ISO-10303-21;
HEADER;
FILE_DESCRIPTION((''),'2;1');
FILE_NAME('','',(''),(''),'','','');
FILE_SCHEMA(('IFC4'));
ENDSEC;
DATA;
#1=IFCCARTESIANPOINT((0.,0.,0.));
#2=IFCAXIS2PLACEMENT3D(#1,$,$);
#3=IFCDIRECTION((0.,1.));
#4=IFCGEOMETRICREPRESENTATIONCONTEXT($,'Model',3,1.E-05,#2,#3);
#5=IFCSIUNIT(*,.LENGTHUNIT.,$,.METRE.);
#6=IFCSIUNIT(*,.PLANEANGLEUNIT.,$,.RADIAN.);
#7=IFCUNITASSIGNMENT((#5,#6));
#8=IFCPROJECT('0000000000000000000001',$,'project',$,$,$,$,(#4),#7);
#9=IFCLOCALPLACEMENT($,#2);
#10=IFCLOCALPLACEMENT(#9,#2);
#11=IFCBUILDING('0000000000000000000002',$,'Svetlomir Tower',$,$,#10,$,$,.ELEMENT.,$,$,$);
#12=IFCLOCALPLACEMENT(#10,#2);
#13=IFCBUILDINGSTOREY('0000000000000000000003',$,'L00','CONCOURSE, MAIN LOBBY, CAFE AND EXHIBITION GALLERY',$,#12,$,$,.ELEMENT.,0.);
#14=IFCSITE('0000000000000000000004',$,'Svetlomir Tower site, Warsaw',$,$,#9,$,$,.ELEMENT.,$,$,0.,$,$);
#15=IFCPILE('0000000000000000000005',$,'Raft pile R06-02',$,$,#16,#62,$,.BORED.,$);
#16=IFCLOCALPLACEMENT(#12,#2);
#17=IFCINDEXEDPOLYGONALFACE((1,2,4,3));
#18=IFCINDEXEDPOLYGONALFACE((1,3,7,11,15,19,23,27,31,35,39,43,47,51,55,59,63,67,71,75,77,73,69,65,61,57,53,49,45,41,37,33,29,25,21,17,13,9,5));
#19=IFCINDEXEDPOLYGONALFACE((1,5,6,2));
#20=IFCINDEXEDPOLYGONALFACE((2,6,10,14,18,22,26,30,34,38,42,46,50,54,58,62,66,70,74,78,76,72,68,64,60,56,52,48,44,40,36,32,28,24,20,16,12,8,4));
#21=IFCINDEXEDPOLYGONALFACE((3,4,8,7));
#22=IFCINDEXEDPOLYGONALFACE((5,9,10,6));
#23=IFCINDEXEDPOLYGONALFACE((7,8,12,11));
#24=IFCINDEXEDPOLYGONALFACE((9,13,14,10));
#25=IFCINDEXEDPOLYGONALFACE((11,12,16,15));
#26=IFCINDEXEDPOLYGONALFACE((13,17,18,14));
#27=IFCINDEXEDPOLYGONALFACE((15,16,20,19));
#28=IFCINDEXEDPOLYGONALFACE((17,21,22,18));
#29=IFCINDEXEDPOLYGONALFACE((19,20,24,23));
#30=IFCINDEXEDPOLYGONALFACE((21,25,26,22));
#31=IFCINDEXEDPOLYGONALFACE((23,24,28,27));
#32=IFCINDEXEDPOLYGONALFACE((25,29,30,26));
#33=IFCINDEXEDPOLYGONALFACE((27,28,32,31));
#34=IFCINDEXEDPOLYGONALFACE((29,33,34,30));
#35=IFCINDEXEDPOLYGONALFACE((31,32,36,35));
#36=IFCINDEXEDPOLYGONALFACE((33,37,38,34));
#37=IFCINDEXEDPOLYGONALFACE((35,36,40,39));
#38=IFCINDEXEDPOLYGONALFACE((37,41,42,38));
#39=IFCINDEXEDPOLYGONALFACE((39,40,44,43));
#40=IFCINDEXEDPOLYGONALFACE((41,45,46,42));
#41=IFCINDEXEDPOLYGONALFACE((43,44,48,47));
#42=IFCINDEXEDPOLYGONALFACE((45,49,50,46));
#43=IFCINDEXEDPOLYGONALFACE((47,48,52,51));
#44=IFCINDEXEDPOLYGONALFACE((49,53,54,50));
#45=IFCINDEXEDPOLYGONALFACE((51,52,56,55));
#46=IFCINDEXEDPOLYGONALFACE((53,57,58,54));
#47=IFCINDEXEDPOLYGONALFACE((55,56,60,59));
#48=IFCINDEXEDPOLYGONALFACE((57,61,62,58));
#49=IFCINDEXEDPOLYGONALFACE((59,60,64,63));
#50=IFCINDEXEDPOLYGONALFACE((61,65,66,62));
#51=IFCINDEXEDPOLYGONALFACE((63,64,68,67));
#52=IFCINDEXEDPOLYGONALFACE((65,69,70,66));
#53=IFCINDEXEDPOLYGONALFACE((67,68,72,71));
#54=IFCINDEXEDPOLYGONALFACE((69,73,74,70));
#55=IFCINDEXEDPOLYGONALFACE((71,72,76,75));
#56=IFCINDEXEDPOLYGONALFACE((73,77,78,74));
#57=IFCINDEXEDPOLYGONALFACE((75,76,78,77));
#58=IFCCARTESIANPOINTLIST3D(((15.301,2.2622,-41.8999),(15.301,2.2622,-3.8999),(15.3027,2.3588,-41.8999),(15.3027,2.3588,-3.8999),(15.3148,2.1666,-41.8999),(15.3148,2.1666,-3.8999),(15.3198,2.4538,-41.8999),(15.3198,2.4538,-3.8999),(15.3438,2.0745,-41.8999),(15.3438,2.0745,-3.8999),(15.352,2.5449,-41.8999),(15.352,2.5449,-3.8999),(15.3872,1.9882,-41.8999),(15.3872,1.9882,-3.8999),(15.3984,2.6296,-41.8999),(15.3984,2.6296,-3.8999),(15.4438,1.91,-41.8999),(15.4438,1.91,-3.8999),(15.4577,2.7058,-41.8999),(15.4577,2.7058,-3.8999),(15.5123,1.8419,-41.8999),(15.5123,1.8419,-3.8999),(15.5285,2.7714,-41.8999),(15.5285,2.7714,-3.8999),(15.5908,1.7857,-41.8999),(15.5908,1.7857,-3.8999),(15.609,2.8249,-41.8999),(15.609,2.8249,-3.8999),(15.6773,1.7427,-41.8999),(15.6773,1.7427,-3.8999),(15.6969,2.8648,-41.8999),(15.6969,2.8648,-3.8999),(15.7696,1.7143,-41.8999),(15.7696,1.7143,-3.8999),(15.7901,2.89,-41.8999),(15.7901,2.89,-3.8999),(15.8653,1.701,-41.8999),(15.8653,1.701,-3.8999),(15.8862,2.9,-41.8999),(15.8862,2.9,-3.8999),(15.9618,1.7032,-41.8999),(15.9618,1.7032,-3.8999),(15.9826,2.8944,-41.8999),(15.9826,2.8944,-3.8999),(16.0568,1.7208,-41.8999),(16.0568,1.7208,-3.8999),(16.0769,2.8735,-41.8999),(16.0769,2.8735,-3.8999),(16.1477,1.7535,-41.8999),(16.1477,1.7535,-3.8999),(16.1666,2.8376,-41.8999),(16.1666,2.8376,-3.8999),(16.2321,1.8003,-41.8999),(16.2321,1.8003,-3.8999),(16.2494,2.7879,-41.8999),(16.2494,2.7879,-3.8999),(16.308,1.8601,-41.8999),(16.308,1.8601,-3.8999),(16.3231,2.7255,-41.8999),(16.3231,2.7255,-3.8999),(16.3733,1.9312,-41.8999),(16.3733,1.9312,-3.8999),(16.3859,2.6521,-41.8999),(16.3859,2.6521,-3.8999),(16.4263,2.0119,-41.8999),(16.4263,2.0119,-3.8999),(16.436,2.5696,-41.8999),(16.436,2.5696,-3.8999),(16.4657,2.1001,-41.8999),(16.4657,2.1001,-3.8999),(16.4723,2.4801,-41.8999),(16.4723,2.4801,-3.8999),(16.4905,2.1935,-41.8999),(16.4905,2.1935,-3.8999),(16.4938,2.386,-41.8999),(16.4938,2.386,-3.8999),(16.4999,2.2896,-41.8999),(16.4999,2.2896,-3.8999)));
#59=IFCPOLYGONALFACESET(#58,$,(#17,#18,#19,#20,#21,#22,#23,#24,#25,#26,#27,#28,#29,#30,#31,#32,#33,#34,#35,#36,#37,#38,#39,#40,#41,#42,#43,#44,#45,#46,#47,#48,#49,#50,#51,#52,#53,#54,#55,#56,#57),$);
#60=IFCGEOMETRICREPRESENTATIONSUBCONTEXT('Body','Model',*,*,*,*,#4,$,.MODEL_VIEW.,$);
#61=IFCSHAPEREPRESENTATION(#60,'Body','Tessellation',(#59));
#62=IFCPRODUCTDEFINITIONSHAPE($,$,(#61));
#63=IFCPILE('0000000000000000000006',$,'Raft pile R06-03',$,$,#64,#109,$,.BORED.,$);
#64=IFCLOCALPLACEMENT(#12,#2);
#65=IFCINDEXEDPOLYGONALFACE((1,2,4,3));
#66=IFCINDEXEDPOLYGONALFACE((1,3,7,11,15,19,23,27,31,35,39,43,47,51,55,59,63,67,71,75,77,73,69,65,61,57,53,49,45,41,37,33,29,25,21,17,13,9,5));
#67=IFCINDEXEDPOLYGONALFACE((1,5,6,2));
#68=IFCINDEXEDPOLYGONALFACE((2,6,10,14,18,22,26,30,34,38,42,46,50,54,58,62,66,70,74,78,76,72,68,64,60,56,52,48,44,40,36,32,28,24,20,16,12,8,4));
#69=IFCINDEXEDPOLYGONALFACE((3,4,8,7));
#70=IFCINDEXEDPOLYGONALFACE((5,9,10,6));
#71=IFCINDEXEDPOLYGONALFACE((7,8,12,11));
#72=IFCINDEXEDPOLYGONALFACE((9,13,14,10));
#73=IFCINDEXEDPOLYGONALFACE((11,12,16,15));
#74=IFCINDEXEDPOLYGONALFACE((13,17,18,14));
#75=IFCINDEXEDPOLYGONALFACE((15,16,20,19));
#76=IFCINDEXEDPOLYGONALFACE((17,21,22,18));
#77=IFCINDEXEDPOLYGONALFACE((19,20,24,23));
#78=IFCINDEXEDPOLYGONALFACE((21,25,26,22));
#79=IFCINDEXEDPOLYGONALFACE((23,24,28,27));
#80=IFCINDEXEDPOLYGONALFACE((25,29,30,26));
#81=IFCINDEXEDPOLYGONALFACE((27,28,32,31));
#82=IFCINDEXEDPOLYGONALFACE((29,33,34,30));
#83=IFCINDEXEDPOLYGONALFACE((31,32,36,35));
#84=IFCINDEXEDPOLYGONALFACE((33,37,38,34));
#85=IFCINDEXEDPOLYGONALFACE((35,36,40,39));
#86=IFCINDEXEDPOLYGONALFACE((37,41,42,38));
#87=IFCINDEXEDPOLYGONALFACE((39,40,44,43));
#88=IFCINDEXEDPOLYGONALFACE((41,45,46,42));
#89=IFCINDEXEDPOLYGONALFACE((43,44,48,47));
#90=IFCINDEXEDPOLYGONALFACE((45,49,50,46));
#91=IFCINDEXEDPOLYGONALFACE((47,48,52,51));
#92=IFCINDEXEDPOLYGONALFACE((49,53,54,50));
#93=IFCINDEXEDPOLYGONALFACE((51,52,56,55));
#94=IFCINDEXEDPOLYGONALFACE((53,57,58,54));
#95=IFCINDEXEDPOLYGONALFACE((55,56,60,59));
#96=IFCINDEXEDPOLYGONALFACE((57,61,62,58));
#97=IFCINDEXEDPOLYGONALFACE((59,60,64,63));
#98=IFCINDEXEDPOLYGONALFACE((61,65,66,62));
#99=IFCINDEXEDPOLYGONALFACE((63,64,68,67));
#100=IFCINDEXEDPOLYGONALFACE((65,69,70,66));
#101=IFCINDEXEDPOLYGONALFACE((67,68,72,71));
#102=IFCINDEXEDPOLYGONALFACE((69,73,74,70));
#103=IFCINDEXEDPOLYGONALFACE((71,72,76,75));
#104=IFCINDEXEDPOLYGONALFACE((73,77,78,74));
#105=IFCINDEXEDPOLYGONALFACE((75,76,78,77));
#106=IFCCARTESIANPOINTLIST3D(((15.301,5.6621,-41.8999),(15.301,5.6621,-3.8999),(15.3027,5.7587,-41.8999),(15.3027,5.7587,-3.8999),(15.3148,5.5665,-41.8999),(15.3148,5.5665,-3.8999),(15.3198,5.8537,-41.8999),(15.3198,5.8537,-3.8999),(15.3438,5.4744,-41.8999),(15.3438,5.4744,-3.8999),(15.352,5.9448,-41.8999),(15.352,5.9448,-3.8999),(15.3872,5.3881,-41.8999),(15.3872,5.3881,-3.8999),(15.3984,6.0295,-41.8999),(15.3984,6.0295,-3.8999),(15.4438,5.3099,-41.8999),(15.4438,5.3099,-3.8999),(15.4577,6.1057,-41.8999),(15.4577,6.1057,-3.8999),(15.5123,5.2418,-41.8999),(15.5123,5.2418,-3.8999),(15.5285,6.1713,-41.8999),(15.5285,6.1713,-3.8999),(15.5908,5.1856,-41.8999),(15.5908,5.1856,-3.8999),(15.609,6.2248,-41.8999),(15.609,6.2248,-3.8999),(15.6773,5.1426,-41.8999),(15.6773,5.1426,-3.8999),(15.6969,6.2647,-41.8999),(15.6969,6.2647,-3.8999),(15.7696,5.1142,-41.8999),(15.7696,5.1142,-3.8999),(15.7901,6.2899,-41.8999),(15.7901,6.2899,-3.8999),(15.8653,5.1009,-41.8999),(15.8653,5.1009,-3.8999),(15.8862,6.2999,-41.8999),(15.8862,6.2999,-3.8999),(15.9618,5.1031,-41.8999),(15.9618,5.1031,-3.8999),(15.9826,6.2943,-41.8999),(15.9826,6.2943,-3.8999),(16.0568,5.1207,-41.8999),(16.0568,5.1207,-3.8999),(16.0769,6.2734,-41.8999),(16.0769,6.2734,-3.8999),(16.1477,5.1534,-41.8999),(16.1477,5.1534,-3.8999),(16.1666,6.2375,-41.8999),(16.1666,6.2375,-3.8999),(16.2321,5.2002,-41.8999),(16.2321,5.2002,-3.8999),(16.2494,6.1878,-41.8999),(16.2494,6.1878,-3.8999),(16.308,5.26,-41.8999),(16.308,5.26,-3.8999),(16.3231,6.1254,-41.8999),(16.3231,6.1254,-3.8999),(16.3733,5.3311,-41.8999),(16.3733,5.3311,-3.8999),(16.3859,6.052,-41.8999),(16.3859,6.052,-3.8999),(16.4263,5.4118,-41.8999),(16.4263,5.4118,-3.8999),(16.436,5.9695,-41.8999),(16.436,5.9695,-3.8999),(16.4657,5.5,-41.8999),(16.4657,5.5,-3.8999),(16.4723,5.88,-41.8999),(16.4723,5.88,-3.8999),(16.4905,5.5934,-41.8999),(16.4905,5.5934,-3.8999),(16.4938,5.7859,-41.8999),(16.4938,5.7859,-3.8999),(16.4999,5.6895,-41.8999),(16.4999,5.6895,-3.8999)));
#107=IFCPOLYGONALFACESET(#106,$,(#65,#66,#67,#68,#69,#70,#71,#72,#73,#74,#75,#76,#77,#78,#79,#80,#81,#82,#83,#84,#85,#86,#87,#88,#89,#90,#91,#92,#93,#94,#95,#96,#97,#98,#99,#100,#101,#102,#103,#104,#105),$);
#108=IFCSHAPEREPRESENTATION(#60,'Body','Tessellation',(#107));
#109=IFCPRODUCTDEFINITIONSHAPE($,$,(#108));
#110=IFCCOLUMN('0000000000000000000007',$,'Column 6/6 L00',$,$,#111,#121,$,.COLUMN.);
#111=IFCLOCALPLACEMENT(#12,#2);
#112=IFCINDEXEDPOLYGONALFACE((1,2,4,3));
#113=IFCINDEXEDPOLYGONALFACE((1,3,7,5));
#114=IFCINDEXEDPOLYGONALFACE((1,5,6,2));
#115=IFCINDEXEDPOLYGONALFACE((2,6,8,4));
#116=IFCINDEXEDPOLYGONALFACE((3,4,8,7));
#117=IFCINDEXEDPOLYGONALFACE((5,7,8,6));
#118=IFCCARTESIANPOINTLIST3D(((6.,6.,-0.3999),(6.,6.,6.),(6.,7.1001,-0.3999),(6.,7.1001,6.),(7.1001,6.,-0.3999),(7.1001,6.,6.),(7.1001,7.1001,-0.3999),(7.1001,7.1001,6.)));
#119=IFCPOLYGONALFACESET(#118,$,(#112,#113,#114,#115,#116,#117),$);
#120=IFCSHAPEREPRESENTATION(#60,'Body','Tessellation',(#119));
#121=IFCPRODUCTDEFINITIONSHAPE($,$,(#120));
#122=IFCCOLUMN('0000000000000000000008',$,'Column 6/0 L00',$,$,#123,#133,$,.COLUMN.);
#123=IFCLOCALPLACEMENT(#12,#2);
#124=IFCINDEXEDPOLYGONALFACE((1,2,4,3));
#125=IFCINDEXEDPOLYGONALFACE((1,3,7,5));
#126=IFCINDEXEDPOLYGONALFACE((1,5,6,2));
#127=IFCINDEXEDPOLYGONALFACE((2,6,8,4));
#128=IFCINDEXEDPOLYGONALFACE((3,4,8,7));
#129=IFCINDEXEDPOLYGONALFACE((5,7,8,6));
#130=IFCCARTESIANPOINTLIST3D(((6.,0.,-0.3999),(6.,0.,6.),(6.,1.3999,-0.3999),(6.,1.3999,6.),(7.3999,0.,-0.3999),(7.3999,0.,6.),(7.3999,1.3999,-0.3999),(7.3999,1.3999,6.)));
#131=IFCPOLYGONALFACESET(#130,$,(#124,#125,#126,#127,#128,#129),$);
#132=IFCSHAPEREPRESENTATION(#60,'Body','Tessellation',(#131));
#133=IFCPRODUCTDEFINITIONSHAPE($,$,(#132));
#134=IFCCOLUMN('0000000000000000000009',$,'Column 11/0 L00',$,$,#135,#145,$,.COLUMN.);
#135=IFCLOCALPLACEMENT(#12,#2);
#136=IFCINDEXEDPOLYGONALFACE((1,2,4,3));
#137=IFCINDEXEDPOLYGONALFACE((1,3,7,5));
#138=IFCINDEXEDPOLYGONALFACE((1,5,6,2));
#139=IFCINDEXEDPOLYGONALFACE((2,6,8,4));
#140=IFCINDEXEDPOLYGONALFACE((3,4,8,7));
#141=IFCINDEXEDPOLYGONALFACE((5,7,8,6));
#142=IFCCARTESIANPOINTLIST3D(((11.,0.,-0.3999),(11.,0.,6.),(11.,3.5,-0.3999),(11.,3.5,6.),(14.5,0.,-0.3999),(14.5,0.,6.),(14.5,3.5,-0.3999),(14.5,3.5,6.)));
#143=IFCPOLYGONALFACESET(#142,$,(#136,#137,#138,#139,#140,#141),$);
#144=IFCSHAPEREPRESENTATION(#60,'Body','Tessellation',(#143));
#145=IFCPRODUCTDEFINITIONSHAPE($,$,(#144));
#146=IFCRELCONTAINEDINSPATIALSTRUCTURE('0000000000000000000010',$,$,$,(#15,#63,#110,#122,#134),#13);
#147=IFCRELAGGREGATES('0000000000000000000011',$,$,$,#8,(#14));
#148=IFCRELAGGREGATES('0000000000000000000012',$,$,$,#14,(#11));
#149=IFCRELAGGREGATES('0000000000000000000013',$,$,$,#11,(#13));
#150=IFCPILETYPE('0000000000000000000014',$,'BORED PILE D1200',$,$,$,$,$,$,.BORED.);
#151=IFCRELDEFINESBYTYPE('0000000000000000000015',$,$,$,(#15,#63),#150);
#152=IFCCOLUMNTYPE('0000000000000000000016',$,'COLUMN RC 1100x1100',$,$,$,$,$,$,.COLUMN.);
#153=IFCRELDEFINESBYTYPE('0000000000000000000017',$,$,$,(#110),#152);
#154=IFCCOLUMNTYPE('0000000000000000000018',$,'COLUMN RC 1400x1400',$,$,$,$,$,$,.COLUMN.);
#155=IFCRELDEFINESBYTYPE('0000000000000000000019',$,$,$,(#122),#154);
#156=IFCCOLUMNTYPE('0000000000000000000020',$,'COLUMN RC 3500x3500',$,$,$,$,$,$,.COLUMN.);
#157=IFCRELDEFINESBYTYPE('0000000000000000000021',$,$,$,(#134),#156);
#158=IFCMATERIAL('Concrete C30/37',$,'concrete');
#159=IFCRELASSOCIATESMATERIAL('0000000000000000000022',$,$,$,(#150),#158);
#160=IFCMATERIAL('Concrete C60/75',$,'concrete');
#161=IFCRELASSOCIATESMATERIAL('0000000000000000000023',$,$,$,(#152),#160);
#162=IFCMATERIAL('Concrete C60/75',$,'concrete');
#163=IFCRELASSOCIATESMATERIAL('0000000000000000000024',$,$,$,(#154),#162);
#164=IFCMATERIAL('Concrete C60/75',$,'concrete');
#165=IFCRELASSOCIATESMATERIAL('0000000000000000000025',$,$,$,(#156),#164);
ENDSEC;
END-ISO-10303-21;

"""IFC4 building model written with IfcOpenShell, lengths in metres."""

from ifc_helpers import new_model, si_unit, direction, frame, frame_2d, origin, origin_2d, place, context, subcontext, project, spatial, rectangle, circle, extrude, material, material_profile, profile_set, type_object, element, save


model = new_model("IFC4")

# Units and contexts
model_context = context("Model", 3, precision=1e-05, world=origin(), true_north=direction((0.0, 1.0)))
body_context = subcontext(model_context, "Body", "Model", "MODEL_VIEW")
ifc_project = project(units=[si_unit("LENGTHUNIT", "METRE"), si_unit("PLANEANGLEUNIT", "RADIAN")], contexts=[model_context])

# Site, building, storey
site_placement = place(None, origin())
site = spatial("IfcSite", under=ifc_project, at=site_placement, Name="Svetlomir Tower site, Warsaw", CompositionType="ELEMENT", RefElevation=0.0)
building_placement = place(site_placement, origin())
building = spatial("IfcBuilding", under=site, at=building_placement, Name="Svetlomir Tower", CompositionType="ELEMENT")
storey_placement = place(building_placement, origin())
storey = spatial("IfcBuildingStorey", under=building, at=storey_placement, Name="L00", Description="CONCOURSE, MAIN LOBBY, CAFE AND EXHIBITION GALLERY", CompositionType="ELEMENT", Elevation=0.0)

# Piles
ifc_material_1 = material(Name="Concrete C30/37", Category="concrete")
ifc_material_profile_1 = material_profile(ifc_material_1, circle(Radius=0.6001, at=origin_2d()), Name="D1200")
ifc_profile_set_1 = profile_set([ifc_material_profile_1], Name="Concrete C30/37")
pile_type = type_object("IfcPileType", Name="BORED PILE D1200", PredefinedType="BORED", material=ifc_profile_set_1)
for number, where, z_axis, x_axis, name in (
    (1, (15.8999, 2.3, -3.8999), (0.0, 0.0, -1.0), (1.0, 0.0, 0.0), "Raft pile R06-02"),
    (2, (15.8999, 5.7, -3.8999), (0.0, 0.0, -1.0), (1.0, 0.0, 0.0), "Raft pile R06-03"),
):
    element("IfcPile", number, at=place(storey_placement, frame(where, z_axis=z_axis, x_axis=x_axis)), inside=storey, type_object=pile_type, Name=name, PredefinedType="BORED", context=body_context, shape_type="SweptSolid", body=[
        extrude(circle(Radius=0.6001, at=frame_2d((0.0, 0.0), x_axis=(0.999848, 0.017452))), origin(), (0.0, 0.0, 1.0), 38.0),
    ])

# Columns
ifc_material_2 = material(Name="Concrete C60/75", Category="concrete")
ifc_material_profile_2 = material_profile(ifc_material_2, rectangle(XDim=1.1001, YDim=1.1001, at=origin_2d()), Name="RC 1100x1100")
ifc_profile_set_2 = profile_set([ifc_material_profile_2], Name="Concrete C60/75")
column_type_1 = type_object("IfcColumnType", Name="COLUMN RC 1100x1100", PredefinedType="COLUMN", material=ifc_profile_set_2)
column_1_placement = place(storey_placement, frame((6.55, 6.55, -0.3999), z_axis=(0.0, 0.0, 1.0), x_axis=(1.0, 0.0, 0.0)))
element("IfcColumn", 3, at=column_1_placement, inside=storey, type_object=column_type_1, Name="Column 6/6 L00", PredefinedType="COLUMN", context=body_context, shape_type="SweptSolid", body=[
    extrude(rectangle(XDim=1.1001, YDim=1.1001, at=origin_2d()), origin(), (0.0, 0.0, 1.0), 6.3999),
])
ifc_material_3 = material(Name="Concrete C60/75", Category="concrete")
ifc_material_profile_3 = material_profile(ifc_material_3, rectangle(XDim=1.3999, YDim=1.3999, at=origin_2d()), Name="RC 1400x1400")
ifc_profile_set_3 = profile_set([ifc_material_profile_3], Name="Concrete C60/75")
column_type_2 = type_object("IfcColumnType", Name="COLUMN RC 1400x1400", PredefinedType="COLUMN", material=ifc_profile_set_3)
column_2_placement = place(storey_placement, frame((6.7, 0.7, -0.3999), z_axis=(0.0, 0.0, 1.0), x_axis=(1.0, 0.0, 0.0)))
element("IfcColumn", 4, at=column_2_placement, inside=storey, type_object=column_type_2, Name="Column 6/0 L00", PredefinedType="COLUMN", context=body_context, shape_type="SweptSolid", body=[
    extrude(rectangle(XDim=1.3999, YDim=1.3999, at=origin_2d()), origin(), (0.0, 0.0, 1.0), 6.3999),
])
ifc_material_4 = material(Name="Concrete C60/75", Category="concrete")
ifc_material_profile_4 = material_profile(ifc_material_4, rectangle(XDim=3.5, YDim=3.5, at=origin_2d()), Name="RC 3500x3500")
ifc_profile_set_4 = profile_set([ifc_material_profile_4], Name="Concrete C60/75")
column_type_3 = type_object("IfcColumnType", Name="COLUMN RC 3500x3500", PredefinedType="COLUMN", material=ifc_profile_set_4)
column_3_placement = place(storey_placement, frame((12.75, 1.75, -0.3999), z_axis=(0.0, 0.0, 1.0), x_axis=(1.0, 0.0, 0.0)))
element("IfcColumn", 5, at=column_3_placement, inside=storey, type_object=column_type_3, Name="Column 11/0 L00", PredefinedType="COLUMN", context=body_context, shape_type="SweptSolid", body=[
    extrude(rectangle(XDim=3.5, YDim=3.5, at=origin_2d()), origin(), (0.0, 0.0, 1.0), 6.3999),
])

save(model, "model.ifc")
